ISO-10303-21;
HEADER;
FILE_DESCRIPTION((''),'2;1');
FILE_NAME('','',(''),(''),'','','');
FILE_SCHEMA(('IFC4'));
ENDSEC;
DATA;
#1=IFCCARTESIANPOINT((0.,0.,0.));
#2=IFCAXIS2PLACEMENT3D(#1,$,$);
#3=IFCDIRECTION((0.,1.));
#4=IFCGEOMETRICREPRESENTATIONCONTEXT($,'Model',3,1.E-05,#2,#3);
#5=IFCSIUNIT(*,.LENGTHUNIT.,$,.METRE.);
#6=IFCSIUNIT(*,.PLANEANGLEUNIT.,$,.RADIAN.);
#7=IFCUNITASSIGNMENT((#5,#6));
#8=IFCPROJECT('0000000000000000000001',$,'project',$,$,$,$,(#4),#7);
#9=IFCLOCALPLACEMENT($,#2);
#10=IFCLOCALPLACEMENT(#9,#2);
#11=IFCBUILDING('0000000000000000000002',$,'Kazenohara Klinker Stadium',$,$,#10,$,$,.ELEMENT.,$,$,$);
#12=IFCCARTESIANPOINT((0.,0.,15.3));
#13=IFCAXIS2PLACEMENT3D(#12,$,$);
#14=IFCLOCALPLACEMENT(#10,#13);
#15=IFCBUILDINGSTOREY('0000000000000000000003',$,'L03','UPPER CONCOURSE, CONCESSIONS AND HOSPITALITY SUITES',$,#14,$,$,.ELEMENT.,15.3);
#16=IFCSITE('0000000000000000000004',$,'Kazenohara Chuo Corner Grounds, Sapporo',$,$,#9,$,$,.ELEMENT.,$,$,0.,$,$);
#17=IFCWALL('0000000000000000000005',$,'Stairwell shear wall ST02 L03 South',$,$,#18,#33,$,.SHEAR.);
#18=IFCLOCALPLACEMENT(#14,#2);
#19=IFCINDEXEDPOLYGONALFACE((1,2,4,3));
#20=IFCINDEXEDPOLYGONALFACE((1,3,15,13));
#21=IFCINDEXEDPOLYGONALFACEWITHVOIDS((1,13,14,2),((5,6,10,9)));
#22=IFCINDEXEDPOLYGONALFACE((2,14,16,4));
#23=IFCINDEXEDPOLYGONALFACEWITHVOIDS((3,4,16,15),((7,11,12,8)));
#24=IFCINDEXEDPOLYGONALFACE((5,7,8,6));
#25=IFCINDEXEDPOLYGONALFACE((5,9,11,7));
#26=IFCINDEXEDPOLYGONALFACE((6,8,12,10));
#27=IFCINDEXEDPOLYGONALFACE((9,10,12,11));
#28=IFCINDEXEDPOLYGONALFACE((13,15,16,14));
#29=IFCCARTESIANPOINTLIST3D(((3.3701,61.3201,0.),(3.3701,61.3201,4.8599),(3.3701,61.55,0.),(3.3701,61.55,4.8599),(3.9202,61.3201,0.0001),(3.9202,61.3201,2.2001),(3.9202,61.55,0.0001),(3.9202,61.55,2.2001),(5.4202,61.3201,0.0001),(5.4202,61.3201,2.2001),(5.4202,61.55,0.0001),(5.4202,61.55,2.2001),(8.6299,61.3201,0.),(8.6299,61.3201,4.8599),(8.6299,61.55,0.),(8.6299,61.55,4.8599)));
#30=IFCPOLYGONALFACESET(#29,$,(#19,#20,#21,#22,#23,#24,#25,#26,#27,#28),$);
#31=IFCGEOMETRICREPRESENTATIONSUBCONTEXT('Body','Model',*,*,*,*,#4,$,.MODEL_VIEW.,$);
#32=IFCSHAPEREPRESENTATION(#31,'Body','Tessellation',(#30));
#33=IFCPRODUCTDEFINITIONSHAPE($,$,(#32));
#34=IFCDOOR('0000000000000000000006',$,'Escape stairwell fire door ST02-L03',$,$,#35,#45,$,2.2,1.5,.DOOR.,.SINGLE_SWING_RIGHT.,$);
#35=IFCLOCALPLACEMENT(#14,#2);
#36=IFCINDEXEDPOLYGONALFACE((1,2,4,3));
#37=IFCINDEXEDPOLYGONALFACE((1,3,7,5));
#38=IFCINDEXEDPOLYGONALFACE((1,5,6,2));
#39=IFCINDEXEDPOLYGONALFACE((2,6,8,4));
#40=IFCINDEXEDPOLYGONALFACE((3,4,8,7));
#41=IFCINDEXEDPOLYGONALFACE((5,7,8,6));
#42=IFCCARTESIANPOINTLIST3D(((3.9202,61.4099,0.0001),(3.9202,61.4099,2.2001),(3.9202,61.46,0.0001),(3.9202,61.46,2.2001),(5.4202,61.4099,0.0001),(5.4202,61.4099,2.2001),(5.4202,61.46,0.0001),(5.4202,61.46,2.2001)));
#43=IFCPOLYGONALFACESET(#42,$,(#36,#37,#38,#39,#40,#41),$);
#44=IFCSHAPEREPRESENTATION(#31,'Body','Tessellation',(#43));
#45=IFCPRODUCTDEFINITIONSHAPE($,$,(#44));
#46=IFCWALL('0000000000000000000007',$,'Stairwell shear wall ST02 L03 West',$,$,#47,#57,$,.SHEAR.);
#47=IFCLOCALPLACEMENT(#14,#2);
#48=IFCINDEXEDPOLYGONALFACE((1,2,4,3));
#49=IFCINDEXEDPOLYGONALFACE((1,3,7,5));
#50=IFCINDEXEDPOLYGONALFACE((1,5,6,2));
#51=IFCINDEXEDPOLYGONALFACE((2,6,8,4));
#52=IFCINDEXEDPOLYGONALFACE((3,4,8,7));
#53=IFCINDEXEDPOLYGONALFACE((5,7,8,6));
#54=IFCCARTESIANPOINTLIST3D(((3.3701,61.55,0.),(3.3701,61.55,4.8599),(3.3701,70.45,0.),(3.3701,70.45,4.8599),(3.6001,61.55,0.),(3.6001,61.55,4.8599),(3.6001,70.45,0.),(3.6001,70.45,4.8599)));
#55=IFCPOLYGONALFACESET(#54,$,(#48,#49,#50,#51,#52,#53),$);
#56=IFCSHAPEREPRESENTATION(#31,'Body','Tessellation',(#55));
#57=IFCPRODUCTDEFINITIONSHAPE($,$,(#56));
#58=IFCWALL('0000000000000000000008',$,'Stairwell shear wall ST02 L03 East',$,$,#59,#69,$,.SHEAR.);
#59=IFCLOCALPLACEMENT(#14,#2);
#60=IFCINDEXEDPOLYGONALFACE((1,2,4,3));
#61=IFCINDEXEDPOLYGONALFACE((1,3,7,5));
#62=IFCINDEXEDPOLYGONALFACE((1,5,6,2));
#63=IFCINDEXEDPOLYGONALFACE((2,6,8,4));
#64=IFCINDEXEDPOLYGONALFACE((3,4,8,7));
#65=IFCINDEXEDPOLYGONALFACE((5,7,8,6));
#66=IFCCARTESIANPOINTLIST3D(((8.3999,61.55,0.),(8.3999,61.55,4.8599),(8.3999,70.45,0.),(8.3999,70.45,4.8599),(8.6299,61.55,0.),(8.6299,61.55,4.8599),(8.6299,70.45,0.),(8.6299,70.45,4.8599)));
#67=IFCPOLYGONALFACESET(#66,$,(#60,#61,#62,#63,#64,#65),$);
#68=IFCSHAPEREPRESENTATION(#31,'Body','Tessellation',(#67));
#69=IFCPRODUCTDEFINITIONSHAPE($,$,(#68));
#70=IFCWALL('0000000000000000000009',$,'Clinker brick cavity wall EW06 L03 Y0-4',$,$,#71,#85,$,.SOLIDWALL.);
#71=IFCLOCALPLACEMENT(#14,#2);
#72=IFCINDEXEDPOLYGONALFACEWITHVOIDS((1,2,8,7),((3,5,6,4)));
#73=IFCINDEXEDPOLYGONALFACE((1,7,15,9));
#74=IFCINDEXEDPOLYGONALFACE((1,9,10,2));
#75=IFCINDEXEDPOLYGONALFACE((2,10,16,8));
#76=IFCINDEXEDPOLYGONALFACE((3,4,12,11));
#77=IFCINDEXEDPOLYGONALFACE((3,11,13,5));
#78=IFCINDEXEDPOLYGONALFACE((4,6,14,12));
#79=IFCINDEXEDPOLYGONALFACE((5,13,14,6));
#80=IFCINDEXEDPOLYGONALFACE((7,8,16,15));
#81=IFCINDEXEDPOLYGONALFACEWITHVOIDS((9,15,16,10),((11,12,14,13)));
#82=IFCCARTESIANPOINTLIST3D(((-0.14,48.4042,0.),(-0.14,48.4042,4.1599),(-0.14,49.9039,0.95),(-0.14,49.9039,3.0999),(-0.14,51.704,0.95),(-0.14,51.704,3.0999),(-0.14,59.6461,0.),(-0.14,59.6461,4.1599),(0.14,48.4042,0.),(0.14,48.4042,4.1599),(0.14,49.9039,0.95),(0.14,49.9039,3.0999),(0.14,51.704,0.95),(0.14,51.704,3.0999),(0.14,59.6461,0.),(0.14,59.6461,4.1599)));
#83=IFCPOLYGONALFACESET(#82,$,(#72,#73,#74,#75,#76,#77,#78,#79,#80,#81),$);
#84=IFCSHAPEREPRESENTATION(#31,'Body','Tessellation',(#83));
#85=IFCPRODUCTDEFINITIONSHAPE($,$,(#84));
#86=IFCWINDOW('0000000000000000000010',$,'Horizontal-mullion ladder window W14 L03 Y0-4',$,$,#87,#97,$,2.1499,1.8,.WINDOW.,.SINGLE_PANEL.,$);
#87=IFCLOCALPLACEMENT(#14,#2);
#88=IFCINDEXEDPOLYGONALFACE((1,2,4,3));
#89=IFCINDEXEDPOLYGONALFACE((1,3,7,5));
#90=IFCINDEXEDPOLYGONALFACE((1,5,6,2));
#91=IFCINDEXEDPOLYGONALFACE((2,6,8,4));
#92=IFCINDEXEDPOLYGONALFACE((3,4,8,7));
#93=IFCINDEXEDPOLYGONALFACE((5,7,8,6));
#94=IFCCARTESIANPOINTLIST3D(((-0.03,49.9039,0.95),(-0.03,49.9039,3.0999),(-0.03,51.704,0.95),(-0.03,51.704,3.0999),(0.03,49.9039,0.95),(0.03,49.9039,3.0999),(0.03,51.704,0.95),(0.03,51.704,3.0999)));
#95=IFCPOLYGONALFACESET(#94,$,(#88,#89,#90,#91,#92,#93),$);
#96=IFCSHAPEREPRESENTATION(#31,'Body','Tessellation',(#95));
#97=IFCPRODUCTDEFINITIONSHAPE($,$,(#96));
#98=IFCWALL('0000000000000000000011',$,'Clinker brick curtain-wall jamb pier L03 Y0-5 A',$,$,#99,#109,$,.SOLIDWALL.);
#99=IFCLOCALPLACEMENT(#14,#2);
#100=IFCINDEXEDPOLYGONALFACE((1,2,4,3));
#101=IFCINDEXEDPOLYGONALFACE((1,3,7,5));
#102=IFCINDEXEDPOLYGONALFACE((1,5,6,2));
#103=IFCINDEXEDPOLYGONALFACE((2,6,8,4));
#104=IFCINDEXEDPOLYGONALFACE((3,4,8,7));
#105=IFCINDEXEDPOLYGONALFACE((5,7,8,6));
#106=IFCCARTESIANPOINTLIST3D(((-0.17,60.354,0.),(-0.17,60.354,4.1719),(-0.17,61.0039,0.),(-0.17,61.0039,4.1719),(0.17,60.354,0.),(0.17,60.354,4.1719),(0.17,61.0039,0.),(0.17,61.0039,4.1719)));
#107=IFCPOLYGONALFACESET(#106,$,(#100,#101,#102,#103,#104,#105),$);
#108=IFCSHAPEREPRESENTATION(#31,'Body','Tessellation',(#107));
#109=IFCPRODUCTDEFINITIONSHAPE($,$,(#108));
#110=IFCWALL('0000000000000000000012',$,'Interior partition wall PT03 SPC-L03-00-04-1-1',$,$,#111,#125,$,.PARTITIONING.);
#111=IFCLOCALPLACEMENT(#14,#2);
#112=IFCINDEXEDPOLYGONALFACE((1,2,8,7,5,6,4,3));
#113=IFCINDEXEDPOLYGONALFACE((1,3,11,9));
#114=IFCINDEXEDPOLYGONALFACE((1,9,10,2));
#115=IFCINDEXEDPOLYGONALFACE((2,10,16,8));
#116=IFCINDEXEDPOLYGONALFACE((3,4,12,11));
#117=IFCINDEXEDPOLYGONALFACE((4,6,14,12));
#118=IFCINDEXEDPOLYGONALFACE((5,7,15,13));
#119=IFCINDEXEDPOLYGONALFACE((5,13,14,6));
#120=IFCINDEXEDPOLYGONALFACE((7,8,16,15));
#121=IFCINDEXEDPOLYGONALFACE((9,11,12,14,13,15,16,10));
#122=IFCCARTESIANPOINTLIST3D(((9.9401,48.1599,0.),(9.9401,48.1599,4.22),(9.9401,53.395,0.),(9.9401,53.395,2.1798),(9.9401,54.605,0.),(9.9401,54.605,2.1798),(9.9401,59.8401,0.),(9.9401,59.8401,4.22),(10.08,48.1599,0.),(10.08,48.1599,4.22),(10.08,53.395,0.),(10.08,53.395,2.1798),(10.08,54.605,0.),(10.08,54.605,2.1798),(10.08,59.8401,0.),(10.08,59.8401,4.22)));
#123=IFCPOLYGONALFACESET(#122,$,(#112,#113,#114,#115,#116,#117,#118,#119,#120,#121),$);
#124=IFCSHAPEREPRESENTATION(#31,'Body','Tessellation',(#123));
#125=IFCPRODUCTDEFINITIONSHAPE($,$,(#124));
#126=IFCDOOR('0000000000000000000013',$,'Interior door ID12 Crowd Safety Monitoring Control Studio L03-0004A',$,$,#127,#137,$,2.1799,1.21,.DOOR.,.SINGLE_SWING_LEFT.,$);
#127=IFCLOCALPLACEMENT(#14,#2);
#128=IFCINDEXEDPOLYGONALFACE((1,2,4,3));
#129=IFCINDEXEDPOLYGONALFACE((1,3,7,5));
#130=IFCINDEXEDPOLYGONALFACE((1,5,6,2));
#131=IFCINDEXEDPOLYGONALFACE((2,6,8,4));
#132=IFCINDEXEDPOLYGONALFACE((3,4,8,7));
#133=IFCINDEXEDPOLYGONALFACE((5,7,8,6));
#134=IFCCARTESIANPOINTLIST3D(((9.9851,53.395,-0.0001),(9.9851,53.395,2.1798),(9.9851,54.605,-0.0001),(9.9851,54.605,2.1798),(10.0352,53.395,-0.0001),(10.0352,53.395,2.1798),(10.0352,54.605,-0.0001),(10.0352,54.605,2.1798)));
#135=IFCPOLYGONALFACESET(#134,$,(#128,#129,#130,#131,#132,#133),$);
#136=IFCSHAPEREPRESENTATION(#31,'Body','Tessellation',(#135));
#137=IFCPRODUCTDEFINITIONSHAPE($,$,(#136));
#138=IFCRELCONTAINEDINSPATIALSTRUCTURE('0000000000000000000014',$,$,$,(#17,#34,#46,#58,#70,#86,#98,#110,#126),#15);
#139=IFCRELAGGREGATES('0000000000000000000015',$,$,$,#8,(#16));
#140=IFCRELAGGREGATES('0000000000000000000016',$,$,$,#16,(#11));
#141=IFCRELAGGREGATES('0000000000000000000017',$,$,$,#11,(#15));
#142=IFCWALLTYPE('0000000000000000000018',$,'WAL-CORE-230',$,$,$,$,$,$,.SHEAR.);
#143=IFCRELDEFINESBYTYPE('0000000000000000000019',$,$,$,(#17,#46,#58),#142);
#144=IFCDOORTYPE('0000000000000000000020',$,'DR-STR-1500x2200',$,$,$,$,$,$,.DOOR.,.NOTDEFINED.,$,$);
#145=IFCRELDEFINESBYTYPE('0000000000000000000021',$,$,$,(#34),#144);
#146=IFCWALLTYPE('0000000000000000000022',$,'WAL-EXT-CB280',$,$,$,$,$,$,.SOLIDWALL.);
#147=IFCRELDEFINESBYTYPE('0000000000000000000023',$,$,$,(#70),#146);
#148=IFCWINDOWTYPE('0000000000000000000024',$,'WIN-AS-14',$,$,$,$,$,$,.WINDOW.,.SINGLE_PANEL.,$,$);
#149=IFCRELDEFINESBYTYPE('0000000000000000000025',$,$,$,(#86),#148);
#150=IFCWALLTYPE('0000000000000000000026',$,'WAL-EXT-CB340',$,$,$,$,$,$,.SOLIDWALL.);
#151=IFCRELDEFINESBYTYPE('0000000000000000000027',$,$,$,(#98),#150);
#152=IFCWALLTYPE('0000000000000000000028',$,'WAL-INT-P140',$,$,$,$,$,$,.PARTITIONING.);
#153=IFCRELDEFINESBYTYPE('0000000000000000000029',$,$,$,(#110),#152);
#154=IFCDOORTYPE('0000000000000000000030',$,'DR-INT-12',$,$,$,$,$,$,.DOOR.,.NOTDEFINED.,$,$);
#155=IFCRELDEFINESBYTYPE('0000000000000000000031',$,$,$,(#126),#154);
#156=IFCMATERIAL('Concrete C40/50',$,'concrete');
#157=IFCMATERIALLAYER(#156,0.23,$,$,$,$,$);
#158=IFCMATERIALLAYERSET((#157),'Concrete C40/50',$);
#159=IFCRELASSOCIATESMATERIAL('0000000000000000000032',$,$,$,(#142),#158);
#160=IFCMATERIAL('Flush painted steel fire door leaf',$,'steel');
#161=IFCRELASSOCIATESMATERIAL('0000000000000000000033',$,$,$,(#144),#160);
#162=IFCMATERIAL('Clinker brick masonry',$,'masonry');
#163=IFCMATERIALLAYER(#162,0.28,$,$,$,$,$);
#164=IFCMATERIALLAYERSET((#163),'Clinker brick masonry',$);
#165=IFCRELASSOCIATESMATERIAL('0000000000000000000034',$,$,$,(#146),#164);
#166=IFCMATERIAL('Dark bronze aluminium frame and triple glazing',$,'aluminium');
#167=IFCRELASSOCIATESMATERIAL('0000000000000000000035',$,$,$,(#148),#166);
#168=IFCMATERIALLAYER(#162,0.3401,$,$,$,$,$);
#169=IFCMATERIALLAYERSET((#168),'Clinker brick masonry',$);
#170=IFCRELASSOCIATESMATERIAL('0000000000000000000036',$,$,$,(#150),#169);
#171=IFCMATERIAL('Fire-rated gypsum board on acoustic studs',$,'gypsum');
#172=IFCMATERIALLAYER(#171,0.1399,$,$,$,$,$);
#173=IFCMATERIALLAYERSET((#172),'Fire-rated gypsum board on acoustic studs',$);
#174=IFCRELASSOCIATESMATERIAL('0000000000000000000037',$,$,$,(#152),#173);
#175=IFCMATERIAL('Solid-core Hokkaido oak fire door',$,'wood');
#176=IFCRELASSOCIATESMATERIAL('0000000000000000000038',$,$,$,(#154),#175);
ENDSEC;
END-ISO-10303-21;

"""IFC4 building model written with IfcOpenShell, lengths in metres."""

from ifc_helpers import new_model, si_unit, direction, frame, frame_2d, origin, place, context, subcontext, project, spatial, rectangle, extrude, material, layer, layer_set, type_object, element, fill, save


model = new_model("IFC4")

# Units and contexts
model_context = context("Model", 3, precision=1e-05, world=origin(), true_north=direction((0.0, 1.0)))
body_context = subcontext(model_context, "Body", "Model", "MODEL_VIEW")
ifc_project = project(units=[si_unit("LENGTHUNIT", "METRE"), si_unit("PLANEANGLEUNIT", "RADIAN")], contexts=[model_context])

# Site, building, storey
site_placement = place(None, origin())
site = spatial("IfcSite", under=ifc_project, at=site_placement, Name="Kazenohara Chuo Corner Grounds, Sapporo", CompositionType="ELEMENT", RefElevation=0.0)
building_placement = place(site_placement, origin())
building = spatial("IfcBuilding", under=site, at=building_placement, Name="Kazenohara Klinker Stadium", CompositionType="ELEMENT")
storey_placement = place(building_placement, frame((0.0, 0.0, 15.3)))
storey = spatial("IfcBuildingStorey", under=building, at=storey_placement, Name="L03", Description="UPPER CONCOURSE, CONCESSIONS AND HOSPITALITY SUITES", CompositionType="ELEMENT", Elevation=15.3)

# Shared definitions
ifc_material_1 = material(Name="Concrete C40/50", Category="concrete")

# Wall, opening, door
ifc_layer_1 = layer(ifc_material_1, 0.23)
ifc_layer_set_1 = layer_set([ifc_layer_1], Name="Concrete C40/50")
wall_type_1 = type_object("IfcWallType", Name="WAL-CORE-230", PredefinedType="SHEAR", material=ifc_layer_set_1)
wall_1_placement = place(storey_placement, frame((3.3701, 61.4351, 0.0), z_axis=(0.0, 0.0, 1.0), x_axis=(1.0, 0.0, 0.0)))
wall_1 = element("IfcWall", 1, at=wall_1_placement, inside=storey, type_object=wall_type_1, Name="Stairwell shear wall ST02 L03 South", PredefinedType="SHEAR", context=body_context, shape_type="SweptSolid", body=[
    extrude(rectangle(XDim=5.2598, YDim=0.23, at=frame_2d((2.6299, 0.0))), origin(), (0.0, 0.0, 1.0), 4.8599),
])
opening_1_placement = place(wall_1_placement, frame((0.55, 0.0, 0.0)))
opening_1 = element("IfcOpeningElement", 2, at=opening_1_placement, cuts=wall_1, PredefinedType="OPENING", context=body_context, shape_type="SweptSolid", body=[
    extrude(rectangle(XDim=1.5, YDim=2.2, at=frame_2d((0.75, 1.1001))), frame((0.0, 0.125, 0.0), z_axis=(0.0, -1.0, 0.0), x_axis=(1.0, 0.0, 0.0)), (0.0, 0.0, 1.0), 0.25),
])
ifc_material_2 = material(Name="Flush painted steel fire door leaf", Category="steel")
door_type_1 = type_object("IfcDoorType", Name="DR-STR-1500x2200", OperationType="NOTDEFINED", PredefinedType="DOOR", material=ifc_material_2)
door_1_placement = place(opening_1_placement, origin())
door_1 = element("IfcDoor", 3, at=door_1_placement, inside=storey, type_object=door_type_1, Name="Escape stairwell fire door ST02-L03", OperationType="SINGLE_SWING_RIGHT", OverallHeight=2.2, OverallWidth=1.5, PredefinedType="DOOR", context=body_context, shape_type="SweptSolid", body=[
    extrude(rectangle(XDim=1.5, YDim=2.2, at=frame_2d((0.75, 1.1001))), frame((0.0, 0.0249, 0.0), z_axis=(0.0, -1.0, 0.0), x_axis=(1.0, 0.0, 0.0)), (0.0, 0.0, 1.0), 0.05),
])
fill(opening_1, door_1)

# Walls
for number, where, z_axis, x_axis, name in (
    (4, (3.4851, 61.55, 0.0), (0.0, 0.0, 1.0), (0.0, 1.0, 0.0), "Stairwell shear wall ST02 L03 West"),
    (5, (8.5149, 61.55, 0.0), (0.0, 0.0, 1.0), (0.0, 1.0, 0.0), "Stairwell shear wall ST02 L03 East"),
):
    element("IfcWall", number, at=place(storey_placement, frame(where, z_axis=z_axis, x_axis=x_axis)), inside=storey, type_object=wall_type_1, Name=name, PredefinedType="SHEAR", context=body_context, shape_type="SweptSolid", body=[
        extrude(rectangle(XDim=8.8999, YDim=0.23, at=frame_2d((4.45, 0.0))), origin(), (0.0, 0.0, 1.0), 4.8599),
    ])

# Wall, opening, window
ifc_material_3 = material(Name="Clinker brick masonry", Category="masonry")
ifc_layer_2 = layer(ifc_material_3, 0.28)
ifc_layer_set_2 = layer_set([ifc_layer_2], Name="Clinker brick masonry")
wall_type_2 = type_object("IfcWallType", Name="WAL-EXT-CB280", PredefinedType="SOLIDWALL", material=ifc_layer_set_2)
wall_2_placement = place(storey_placement, frame((0.0, 48.4041, 0.0), z_axis=(0.0, 0.0, 1.0), x_axis=(0.0, 1.0, 0.0)))
wall_2 = element("IfcWall", 6, at=wall_2_placement, inside=storey, type_object=wall_type_2, Name="Clinker brick cavity wall EW06 L03 Y0-4", PredefinedType="SOLIDWALL", context=body_context, shape_type="SweptSolid", body=[
    extrude(rectangle(XDim=11.2419, YDim=0.28, at=frame_2d((5.6211, 0.0))), origin(), (0.0, 0.0, 1.0), 4.1599),
])
opening_2_placement = place(wall_2_placement, frame((1.5, 0.0, 0.95)))
opening_2 = element("IfcOpeningElement", 7, at=opening_2_placement, cuts=wall_2, PredefinedType="OPENING", context=body_context, shape_type="SweptSolid", body=[
    extrude(rectangle(XDim=1.8, YDim=2.1499, at=frame_2d((0.8999, 1.075))), frame((0.0, 0.1499, 0.0), z_axis=(0.0, -1.0, 0.0), x_axis=(1.0, 0.0, 0.0)), (0.0, 0.0, 1.0), 0.3),
])
ifc_material_4 = material(Name="Dark bronze aluminium frame and triple glazing", Category="aluminium")
window_type = type_object("IfcWindowType", Name="WIN-AS-14", PartitioningType="SINGLE_PANEL", PredefinedType="WINDOW", material=ifc_material_4)
window_placement = place(opening_2_placement, origin())
window = element("IfcWindow", 8, at=window_placement, inside=storey, type_object=window_type, Name="Horizontal-mullion ladder window W14 L03 Y0-4", OverallHeight=2.1499, OverallWidth=1.8, PartitioningType="SINGLE_PANEL", PredefinedType="WINDOW", context=body_context, shape_type="SweptSolid", body=[
    extrude(rectangle(XDim=1.8, YDim=2.1499, at=frame_2d((0.8999, 1.075))), frame((0.0, 0.03, 0.0), z_axis=(0.0, -1.0, 0.0), x_axis=(1.0, 0.0, 0.0)), (0.0, 0.0, 1.0), 0.0601),
])
fill(opening_2, window)

# Wall
ifc_layer_3 = layer(ifc_material_3, 0.3401)
ifc_layer_set_3 = layer_set([ifc_layer_3], Name="Clinker brick masonry")
wall_type_3 = type_object("IfcWallType", Name="WAL-EXT-CB340", PredefinedType="SOLIDWALL", material=ifc_layer_set_3)
wall_3_placement = place(storey_placement, frame((0.0, 60.354, 0.0), z_axis=(0.0, 0.0, 1.0), x_axis=(0.0, 1.0, 0.0)))
element("IfcWall", 9, at=wall_3_placement, inside=storey, type_object=wall_type_3, Name="Clinker brick curtain-wall jamb pier L03 Y0-5 A", PredefinedType="SOLIDWALL", context=body_context, shape_type="SweptSolid", body=[
    extrude(rectangle(XDim=0.6499, YDim=0.3401, at=frame_2d((0.325, 0.0))), origin(), (0.0, 0.0, 1.0), 4.1719),
])

# Wall, opening, door
ifc_material_5 = material(Name="Fire-rated gypsum board on acoustic studs", Category="gypsum")
ifc_layer_4 = layer(ifc_material_5, 0.1399)
ifc_layer_set_4 = layer_set([ifc_layer_4], Name="Fire-rated gypsum board on acoustic studs")
wall_type_4 = type_object("IfcWallType", Name="WAL-INT-P140", PredefinedType="PARTITIONING", material=ifc_layer_set_4)
wall_4_placement = place(storey_placement, frame((10.01, 48.1599, 0.0), z_axis=(0.0, 0.0, 1.0), x_axis=(0.0, 1.0, 0.0)))
wall_4 = element("IfcWall", 10, at=wall_4_placement, inside=storey, type_object=wall_type_4, Name="Interior partition wall PT03 SPC-L03-00-04-1-1", PredefinedType="PARTITIONING", context=body_context, shape_type="SweptSolid", body=[
    extrude(rectangle(XDim=11.6802, YDim=0.1399, at=frame_2d((5.8401, 0.0))), origin(), (0.0, 0.0, 1.0), 4.22),
])
opening_3_placement = place(wall_4_placement, frame((5.2351, 0.0, 0.0)))
opening_3 = element("IfcOpeningElement", 11, at=opening_3_placement, cuts=wall_4, PredefinedType="OPENING", context=body_context, shape_type="SweptSolid", body=[
    extrude(rectangle(XDim=1.21, YDim=2.1799, at=frame_2d((0.605, 1.0898))), frame((0.0, 0.0801, 0.0), z_axis=(0.0, -1.0, 0.0), x_axis=(1.0, 0.0, 0.0)), (0.0, 0.0, 1.0), 0.1599),
])
ifc_material_6 = material(Name="Solid-core Hokkaido oak fire door", Category="wood")
door_type_2 = type_object("IfcDoorType", Name="DR-INT-12", OperationType="NOTDEFINED", PredefinedType="DOOR", material=ifc_material_6)
door_2_placement = place(opening_3_placement, origin())
door_2 = element("IfcDoor", 12, at=door_2_placement, inside=storey, type_object=door_type_2, Name="Interior door ID12 Crowd Safety Monitoring Control Studio L03-0004A", OperationType="SINGLE_SWING_LEFT", OverallHeight=2.1799, OverallWidth=1.21, PredefinedType="DOOR", context=body_context, shape_type="SweptSolid", body=[
    extrude(rectangle(XDim=1.21, YDim=2.1799, at=frame_2d((0.605, 1.0898))), frame((0.0, 0.0249, 0.0), z_axis=(0.0, -1.0, 0.0), x_axis=(1.0, 0.0, 0.0)), (0.0, 0.0, 1.0), 0.05),
])
fill(opening_3, door_2)

save(model, "model.ifc")
